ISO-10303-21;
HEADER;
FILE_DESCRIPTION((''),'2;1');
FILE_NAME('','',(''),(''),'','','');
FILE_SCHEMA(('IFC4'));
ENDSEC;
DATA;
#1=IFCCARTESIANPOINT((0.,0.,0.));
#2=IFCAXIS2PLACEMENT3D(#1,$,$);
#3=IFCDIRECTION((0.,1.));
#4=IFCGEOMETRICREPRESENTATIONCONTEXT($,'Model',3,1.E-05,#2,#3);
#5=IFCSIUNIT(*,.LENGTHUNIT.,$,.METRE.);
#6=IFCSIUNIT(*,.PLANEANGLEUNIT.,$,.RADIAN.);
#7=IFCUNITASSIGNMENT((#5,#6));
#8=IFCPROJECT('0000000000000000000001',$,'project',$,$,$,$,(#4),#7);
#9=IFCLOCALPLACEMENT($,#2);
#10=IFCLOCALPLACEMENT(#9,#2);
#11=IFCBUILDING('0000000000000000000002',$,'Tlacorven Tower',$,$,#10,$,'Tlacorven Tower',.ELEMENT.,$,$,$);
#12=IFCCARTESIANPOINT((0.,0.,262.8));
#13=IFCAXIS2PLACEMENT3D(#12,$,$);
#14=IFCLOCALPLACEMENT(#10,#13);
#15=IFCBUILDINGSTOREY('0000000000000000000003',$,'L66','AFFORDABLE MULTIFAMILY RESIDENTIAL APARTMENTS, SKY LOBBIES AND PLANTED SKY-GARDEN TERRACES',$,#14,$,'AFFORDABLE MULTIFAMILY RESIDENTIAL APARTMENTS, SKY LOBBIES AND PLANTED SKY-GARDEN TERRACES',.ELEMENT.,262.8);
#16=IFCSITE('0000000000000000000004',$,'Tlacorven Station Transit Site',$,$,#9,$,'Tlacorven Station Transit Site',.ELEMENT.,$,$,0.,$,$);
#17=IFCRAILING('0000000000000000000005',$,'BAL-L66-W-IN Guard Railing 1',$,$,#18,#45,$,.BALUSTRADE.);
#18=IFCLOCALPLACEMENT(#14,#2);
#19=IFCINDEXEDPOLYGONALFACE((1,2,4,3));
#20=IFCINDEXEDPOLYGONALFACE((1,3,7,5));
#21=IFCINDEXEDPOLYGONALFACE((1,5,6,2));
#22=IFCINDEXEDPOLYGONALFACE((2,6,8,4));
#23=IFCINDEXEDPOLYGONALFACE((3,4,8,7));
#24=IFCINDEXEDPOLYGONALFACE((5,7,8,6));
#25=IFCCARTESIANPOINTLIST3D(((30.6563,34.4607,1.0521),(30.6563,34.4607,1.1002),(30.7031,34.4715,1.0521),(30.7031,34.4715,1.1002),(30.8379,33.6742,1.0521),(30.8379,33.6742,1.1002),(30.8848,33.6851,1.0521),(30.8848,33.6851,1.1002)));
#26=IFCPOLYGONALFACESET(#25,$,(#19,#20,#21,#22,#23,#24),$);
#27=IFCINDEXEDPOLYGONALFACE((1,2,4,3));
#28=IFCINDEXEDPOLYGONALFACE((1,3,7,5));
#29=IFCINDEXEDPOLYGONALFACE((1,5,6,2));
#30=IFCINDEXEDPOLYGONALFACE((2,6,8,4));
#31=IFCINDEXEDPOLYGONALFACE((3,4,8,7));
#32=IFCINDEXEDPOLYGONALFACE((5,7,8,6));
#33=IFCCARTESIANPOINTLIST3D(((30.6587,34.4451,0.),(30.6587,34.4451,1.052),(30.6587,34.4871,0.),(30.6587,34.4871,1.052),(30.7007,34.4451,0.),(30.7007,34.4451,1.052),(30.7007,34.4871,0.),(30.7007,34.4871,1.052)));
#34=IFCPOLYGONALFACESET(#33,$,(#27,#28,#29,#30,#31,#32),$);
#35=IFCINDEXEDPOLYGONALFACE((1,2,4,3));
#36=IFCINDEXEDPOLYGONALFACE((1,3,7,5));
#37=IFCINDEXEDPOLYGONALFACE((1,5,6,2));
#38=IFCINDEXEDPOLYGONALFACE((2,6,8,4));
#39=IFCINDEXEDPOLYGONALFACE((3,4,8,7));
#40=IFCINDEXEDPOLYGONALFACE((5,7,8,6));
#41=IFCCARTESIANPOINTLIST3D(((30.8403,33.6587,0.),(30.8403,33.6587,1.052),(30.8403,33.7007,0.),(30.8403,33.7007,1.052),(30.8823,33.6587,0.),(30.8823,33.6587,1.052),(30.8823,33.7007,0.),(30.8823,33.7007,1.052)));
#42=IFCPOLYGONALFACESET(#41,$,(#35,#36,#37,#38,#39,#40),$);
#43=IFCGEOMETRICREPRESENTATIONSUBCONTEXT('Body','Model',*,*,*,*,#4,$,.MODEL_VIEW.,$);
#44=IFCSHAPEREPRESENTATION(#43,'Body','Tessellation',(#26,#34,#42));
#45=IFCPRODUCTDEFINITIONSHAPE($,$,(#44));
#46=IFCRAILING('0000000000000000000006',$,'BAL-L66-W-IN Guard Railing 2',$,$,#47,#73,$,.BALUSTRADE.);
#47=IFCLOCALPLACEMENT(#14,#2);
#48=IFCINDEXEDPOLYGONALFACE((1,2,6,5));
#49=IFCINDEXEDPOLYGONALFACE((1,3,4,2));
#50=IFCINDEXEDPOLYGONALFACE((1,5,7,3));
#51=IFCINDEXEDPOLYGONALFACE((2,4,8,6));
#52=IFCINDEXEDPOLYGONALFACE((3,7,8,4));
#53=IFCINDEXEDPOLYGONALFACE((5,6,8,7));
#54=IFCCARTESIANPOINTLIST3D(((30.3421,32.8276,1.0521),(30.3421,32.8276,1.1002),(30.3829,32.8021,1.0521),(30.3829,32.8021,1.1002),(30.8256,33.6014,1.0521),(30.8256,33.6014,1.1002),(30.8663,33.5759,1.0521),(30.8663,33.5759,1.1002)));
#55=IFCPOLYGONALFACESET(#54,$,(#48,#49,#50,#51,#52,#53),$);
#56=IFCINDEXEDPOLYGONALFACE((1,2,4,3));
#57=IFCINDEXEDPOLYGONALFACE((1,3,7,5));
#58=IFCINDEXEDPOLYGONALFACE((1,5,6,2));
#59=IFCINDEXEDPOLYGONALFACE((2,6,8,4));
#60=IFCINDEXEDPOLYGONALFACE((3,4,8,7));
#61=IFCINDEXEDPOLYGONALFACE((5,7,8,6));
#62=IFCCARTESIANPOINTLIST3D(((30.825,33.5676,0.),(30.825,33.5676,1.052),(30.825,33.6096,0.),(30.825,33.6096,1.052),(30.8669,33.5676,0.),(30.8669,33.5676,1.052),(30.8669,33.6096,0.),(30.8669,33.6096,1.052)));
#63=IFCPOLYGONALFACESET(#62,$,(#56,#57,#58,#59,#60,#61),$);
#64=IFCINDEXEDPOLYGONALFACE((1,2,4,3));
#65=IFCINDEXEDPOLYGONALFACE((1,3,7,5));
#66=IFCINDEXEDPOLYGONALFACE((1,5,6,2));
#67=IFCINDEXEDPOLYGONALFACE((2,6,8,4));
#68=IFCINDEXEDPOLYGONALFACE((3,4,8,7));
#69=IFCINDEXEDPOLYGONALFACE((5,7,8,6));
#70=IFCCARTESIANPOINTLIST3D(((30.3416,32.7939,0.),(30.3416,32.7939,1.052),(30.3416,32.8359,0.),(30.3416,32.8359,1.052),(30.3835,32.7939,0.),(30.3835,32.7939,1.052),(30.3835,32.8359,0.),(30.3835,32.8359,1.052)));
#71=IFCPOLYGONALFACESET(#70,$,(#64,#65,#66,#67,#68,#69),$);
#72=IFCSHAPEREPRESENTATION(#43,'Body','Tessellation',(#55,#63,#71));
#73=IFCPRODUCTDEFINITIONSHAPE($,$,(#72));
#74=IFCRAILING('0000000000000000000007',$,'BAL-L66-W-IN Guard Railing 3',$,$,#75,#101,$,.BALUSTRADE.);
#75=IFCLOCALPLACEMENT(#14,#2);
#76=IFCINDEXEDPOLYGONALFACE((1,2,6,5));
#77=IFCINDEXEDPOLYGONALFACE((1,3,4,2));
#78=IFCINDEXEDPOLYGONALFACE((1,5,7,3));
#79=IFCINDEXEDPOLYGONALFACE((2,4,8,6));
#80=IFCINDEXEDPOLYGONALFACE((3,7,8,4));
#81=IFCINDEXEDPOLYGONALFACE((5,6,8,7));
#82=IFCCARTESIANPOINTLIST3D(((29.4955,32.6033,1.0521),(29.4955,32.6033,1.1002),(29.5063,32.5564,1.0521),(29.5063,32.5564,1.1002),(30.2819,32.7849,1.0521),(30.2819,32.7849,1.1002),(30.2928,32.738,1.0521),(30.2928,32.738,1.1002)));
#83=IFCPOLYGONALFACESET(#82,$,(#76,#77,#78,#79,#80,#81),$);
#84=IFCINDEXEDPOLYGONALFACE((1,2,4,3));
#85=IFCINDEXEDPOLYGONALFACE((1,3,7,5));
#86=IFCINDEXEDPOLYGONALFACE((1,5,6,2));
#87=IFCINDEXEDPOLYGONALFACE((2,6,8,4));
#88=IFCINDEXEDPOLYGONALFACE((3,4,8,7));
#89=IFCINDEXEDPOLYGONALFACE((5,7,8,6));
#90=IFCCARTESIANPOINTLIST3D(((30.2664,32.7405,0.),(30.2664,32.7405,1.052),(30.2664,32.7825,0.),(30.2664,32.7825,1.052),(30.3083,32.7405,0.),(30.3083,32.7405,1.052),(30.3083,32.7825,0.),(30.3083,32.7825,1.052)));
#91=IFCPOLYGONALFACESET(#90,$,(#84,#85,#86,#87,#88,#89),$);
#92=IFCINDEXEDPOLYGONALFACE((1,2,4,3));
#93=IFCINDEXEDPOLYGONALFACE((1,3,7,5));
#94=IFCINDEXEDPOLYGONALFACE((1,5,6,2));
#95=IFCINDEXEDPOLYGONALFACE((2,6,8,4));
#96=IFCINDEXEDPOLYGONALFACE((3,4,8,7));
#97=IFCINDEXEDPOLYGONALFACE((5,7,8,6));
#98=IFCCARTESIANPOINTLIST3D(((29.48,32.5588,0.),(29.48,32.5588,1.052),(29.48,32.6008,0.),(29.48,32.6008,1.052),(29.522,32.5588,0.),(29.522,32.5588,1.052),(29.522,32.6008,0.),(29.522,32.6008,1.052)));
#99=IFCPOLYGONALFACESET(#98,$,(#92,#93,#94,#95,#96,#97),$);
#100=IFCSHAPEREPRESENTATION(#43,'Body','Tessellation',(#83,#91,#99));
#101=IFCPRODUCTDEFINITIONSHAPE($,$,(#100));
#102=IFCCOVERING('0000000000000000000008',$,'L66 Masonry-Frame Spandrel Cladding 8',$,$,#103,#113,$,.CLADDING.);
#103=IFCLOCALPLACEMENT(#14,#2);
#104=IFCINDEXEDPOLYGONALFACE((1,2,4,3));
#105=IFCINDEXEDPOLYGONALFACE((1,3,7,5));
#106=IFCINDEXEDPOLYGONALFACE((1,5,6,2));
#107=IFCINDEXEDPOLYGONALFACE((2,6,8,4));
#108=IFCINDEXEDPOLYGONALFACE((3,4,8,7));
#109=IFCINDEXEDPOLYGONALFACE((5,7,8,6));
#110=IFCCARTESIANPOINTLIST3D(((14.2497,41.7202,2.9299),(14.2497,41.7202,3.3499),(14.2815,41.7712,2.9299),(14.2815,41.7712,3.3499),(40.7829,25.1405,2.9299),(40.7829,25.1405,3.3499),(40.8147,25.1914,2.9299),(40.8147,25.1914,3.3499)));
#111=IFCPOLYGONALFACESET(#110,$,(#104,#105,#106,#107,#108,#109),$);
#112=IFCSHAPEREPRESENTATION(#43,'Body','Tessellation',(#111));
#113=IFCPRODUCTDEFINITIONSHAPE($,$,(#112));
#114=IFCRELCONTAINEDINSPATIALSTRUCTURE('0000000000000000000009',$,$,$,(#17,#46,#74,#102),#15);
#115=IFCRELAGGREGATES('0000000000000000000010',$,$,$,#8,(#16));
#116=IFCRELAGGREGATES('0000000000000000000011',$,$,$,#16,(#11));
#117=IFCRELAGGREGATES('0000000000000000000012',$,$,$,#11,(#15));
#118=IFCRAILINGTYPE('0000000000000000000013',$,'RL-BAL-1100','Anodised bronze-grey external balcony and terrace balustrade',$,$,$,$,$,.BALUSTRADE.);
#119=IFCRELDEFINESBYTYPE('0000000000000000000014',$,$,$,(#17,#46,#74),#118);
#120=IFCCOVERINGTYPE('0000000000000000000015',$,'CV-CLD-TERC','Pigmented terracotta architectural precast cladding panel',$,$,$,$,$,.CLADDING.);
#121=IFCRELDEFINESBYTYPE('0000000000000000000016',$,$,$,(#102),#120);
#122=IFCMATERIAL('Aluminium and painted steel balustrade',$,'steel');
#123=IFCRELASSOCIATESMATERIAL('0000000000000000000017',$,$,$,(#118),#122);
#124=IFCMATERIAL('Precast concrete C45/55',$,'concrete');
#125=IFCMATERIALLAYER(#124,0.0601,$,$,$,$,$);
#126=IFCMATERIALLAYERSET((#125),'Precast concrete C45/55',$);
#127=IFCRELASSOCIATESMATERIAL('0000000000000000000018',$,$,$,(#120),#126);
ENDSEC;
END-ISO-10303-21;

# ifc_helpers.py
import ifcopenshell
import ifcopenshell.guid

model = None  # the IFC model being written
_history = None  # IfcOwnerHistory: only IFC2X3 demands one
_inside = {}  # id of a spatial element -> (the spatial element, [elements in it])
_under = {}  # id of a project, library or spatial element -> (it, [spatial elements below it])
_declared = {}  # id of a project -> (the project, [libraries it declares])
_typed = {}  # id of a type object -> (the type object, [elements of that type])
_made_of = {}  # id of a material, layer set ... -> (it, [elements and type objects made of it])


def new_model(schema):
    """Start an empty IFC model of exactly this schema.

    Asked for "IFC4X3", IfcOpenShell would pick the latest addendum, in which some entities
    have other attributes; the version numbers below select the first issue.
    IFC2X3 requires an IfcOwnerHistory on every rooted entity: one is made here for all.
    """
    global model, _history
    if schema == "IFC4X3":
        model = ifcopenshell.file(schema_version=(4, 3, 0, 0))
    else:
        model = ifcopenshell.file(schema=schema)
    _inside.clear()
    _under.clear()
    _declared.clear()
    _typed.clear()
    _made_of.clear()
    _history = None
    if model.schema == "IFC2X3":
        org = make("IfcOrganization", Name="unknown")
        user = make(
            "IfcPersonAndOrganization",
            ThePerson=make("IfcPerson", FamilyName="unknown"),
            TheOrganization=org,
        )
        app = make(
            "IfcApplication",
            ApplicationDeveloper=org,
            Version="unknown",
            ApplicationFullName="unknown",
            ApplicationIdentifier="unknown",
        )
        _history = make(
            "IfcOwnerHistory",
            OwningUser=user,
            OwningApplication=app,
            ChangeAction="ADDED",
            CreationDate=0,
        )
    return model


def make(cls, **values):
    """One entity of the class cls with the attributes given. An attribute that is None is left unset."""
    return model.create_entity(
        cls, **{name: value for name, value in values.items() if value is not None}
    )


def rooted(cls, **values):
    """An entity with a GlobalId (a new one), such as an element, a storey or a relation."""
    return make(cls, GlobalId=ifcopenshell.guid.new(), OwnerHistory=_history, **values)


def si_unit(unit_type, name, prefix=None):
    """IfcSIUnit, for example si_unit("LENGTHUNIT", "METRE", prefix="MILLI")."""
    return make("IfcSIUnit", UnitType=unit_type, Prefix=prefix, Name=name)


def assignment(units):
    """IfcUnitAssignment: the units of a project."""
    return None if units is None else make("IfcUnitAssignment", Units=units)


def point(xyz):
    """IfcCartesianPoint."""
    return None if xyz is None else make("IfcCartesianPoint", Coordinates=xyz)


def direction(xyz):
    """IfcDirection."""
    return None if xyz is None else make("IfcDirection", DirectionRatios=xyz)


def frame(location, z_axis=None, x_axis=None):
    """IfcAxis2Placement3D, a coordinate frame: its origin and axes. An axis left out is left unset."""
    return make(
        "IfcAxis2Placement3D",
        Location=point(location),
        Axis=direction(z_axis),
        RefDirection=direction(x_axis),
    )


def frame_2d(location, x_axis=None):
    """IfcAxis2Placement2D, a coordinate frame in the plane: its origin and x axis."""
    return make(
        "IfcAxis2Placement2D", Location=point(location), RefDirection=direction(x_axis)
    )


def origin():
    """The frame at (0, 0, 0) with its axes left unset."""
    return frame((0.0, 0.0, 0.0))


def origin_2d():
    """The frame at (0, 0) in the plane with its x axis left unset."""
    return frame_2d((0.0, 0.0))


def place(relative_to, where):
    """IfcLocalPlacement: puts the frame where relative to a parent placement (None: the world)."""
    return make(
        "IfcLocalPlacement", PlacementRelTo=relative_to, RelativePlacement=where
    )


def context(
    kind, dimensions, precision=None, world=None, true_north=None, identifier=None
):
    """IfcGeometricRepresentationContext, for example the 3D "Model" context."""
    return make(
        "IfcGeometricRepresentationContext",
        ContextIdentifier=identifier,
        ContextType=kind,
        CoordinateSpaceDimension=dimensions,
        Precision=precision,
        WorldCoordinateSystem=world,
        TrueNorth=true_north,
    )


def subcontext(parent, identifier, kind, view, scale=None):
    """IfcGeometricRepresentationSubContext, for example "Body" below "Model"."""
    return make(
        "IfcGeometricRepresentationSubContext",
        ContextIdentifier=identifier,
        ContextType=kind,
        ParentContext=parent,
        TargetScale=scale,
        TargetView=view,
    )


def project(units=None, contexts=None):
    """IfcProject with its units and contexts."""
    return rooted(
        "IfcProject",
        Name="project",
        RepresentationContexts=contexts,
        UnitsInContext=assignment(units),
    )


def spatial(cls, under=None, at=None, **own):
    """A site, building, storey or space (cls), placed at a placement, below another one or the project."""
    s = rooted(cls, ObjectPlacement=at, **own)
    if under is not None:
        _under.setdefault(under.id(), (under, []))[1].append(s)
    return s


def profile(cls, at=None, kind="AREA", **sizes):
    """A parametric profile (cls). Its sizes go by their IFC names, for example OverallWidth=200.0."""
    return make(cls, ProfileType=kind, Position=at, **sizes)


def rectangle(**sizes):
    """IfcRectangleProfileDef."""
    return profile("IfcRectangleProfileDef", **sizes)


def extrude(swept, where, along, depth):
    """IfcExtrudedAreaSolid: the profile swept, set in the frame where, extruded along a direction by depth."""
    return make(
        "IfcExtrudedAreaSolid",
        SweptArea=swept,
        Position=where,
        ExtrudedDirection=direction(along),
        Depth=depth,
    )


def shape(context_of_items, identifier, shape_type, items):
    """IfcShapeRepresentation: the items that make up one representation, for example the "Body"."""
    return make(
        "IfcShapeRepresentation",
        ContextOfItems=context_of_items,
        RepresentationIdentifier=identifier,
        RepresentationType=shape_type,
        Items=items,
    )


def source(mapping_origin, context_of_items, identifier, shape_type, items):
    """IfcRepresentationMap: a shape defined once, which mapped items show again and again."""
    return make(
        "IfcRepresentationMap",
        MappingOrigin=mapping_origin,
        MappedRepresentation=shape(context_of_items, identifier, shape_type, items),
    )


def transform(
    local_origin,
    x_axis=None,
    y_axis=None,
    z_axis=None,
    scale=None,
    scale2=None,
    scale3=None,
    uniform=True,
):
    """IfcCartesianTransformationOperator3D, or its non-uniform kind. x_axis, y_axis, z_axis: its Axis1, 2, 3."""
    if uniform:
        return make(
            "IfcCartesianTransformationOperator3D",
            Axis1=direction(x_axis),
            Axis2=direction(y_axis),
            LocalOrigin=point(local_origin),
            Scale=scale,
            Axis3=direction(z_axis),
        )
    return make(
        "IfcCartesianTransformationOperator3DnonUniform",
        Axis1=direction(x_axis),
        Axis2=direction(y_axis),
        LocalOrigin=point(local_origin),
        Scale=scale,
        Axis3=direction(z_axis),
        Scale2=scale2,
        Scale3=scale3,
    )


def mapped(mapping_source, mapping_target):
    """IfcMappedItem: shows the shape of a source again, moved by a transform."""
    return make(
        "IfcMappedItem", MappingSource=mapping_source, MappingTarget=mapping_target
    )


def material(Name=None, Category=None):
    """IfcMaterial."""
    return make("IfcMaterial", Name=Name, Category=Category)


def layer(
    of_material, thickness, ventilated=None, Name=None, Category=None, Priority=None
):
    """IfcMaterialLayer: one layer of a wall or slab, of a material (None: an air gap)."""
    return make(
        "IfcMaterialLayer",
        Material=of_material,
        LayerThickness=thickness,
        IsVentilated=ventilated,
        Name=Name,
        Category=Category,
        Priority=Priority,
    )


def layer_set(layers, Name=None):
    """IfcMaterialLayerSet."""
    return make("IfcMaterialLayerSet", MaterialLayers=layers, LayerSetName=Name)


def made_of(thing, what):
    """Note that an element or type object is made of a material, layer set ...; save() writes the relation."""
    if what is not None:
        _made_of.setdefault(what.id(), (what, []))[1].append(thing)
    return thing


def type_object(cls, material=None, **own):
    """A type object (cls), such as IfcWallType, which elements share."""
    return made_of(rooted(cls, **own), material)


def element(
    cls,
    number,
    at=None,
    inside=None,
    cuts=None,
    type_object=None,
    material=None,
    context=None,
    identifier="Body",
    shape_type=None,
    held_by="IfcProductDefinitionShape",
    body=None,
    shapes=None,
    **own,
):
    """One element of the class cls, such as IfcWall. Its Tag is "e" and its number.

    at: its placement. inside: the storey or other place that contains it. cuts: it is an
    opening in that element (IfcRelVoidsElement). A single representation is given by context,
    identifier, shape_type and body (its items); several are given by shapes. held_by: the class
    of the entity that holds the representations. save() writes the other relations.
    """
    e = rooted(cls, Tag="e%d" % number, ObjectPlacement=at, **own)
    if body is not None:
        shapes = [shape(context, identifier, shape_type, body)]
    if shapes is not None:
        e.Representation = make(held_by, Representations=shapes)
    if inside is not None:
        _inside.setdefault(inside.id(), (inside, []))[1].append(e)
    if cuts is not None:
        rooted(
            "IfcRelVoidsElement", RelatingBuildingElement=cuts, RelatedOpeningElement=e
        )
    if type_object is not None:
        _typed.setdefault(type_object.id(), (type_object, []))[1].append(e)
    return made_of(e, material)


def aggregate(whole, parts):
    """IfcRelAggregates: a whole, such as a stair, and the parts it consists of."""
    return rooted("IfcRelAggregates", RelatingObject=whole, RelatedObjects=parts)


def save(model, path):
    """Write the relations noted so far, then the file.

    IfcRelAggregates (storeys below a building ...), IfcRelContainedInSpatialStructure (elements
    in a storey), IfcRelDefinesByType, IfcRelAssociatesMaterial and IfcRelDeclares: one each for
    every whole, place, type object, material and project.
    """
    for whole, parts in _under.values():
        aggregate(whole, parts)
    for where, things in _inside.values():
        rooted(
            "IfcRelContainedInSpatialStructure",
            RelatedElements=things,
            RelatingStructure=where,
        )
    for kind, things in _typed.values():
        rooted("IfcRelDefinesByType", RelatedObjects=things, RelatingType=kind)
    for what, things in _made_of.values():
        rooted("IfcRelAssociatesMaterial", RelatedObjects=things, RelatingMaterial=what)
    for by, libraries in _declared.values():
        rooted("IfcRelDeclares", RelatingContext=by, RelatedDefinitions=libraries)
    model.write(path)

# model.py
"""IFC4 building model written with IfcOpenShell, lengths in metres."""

from ifc_helpers import new_model, si_unit, direction, frame, origin, origin_2d, place, context, subcontext, project, spatial, rectangle, extrude, source, transform, mapped, material, layer, layer_set, type_object, element, save


model = new_model("IFC4")

# Units and contexts
model_context = context("Model", 3, precision=1e-05, world=origin(), true_north=direction((0.0, 1.0)))
body_context = subcontext(model_context, "Body", "Model", "MODEL_VIEW")
ifc_project = project(units=[si_unit("LENGTHUNIT", "METRE"), si_unit("PLANEANGLEUNIT", "RADIAN")], contexts=[model_context])

# Site, building, storey
site_placement = place(None, origin())
site = spatial("IfcSite", under=ifc_project, at=site_placement, Name="Tlacorven Station Transit Site", LongName="Tlacorven Station Transit Site", CompositionType="ELEMENT", RefElevation=0.0)
building_placement = place(site_placement, origin())
building = spatial("IfcBuilding", under=site, at=building_placement, Name="Tlacorven Tower", LongName="Tlacorven Tower", CompositionType="ELEMENT")
storey_placement = place(building_placement, frame((0.0, 0.0, 262.8)))
storey = spatial("IfcBuildingStorey", under=building, at=storey_placement, Name="L66", Description="AFFORDABLE MULTIFAMILY RESIDENTIAL APARTMENTS, SKY LOBBIES AND PLANTED SKY-GARDEN TERRACES", LongName="AFFORDABLE MULTIFAMILY RESIDENTIAL APARTMENTS, SKY LOBBIES AND PLANTED SKY-GARDEN TERRACES", CompositionType="ELEMENT", Elevation=262.8)

# Railings
ifc_material_1 = material(Name="Aluminium and painted steel balustrade", Category="steel")
railing_type = type_object("IfcRailingType", Name="RL-BAL-1100", Description="Anodised bronze-grey external balcony and terrace balustrade", PredefinedType="BALUSTRADE", material=ifc_material_1)
shared_shape_1 = source(origin(), body_context, "Body", "SweptSolid", [
    extrude(rectangle(XDim=0.0481, YDim=0.0481, at=origin_2d()), frame((0.0, 0.0, 1.0762), z_axis=(0.225058, -0.974345, 0.0), x_axis=(0.974345, 0.225058, 0.0)), (0.0, 0.0, 1.0), 0.8071),
    extrude(rectangle(XDim=0.042, YDim=0.042, at=origin_2d()), origin(), (0.0, 0.0, 1.0), 1.052),
    extrude(rectangle(XDim=0.042, YDim=0.042, at=origin_2d()), frame((0.1816, -0.7864, 0.0)), (0.0, 0.0, 1.0), 1.052),
])
railing_1_placement = place(storey_placement, frame((30.6797, 34.4661, 0.0)))
element("IfcRailing", 1, at=railing_1_placement, inside=storey, type_object=railing_type, Name="BAL-L66-W-IN Guard Railing 1", PredefinedType="BALUSTRADE", context=body_context, shape_type="MappedRepresentation", body=[
    mapped(shared_shape_1, transform((0.0, 0.0, 0.0), scale=1.0)),
])
shared_shape_2 = source(origin(), body_context, "Body", "SweptSolid", [
    extrude(rectangle(XDim=0.0481, YDim=0.0481, at=origin_2d()), frame((0.0, 0.0, 1.0762), z_axis=(-0.529879, -0.848073, 0.0), x_axis=(0.848073, -0.529879, 0.0)), (0.0, 0.0, 1.0), 0.9124),
    extrude(rectangle(XDim=0.042, YDim=0.042, at=origin_2d()), origin(), (0.0, 0.0, 1.0), 1.052),
    extrude(rectangle(XDim=0.042, YDim=0.042, at=origin_2d()), frame((-0.4834, -0.7737, 0.0)), (0.0, 0.0, 1.0), 1.052),
])
railing_2_placement = place(storey_placement, frame((30.8459, 33.5886, 0.0)))
element("IfcRailing", 2, at=railing_2_placement, inside=storey, type_object=railing_type, Name="BAL-L66-W-IN Guard Railing 2", PredefinedType="BALUSTRADE", context=body_context, shape_type="MappedRepresentation", body=[
    mapped(shared_shape_2, transform((0.0, 0.0, 0.0), scale=1.0)),
])
shared_shape_3 = source(origin(), body_context, "Body", "SweptSolid", [
    extrude(rectangle(XDim=0.0481, YDim=0.0481, at=origin_2d()), frame((0.0, 0.0, 1.0762), z_axis=(-0.974345, -0.225058, 0.0), x_axis=(0.225058, -0.974345, 0.0)), (0.0, 0.0, 1.0), 0.8071),
    extrude(rectangle(XDim=0.042, YDim=0.042, at=origin_2d()), origin(), (0.0, 0.0, 1.0), 1.052),
    extrude(rectangle(XDim=0.042, YDim=0.042, at=origin_2d()), frame((-0.7864, -0.1816, 0.0)), (0.0, 0.0, 1.0), 1.052),
])
railing_3_placement = place(storey_placement, frame((30.2874, 32.7615, 0.0)))
element("IfcRailing", 3, at=railing_3_placement, inside=storey, type_object=railing_type, Name="BAL-L66-W-IN Guard Railing 3", PredefinedType="BALUSTRADE", context=body_context, shape_type="MappedRepresentation", body=[
    mapped(shared_shape_3, transform((0.0, 0.0, 0.0), scale=1.0)),
])

# Covering
ifc_material_2 = material(Name="Precast concrete C45/55", Category="concrete")
ifc_layer_1 = layer(ifc_material_2, 0.0601)
ifc_layer_set_1 = layer_set([ifc_layer_1], Name="Precast concrete C45/55")
covering_type = type_object("IfcCoveringType", Name="CV-CLD-TERC", Description="Pigmented terracotta architectural precast cladding panel", PredefinedType="CLADDING", material=ifc_layer_set_1)
shared_shape_4 = source(origin(), body_context, "Body", "SweptSolid", [
    extrude(rectangle(XDim=31.2874, YDim=0.0601, at=origin_2d()), origin(), (0.0, 0.0, 1.0), 0.4199),
])
covering_placement = place(storey_placement, frame((27.5322, 33.4558, 2.9299), z_axis=(0.0, 0.0, 1.0), x_axis=(0.848048, -0.529919, 0.0)))
element("IfcCovering", 4, at=covering_placement, inside=storey, type_object=covering_type, Name="L66 Masonry-Frame Spandrel Cladding 8", PredefinedType="CLADDING", context=body_context, shape_type="MappedRepresentation", body=[
    mapped(shared_shape_4, transform((0.0, 0.0, 0.0), scale=1.0)),
])

save(model, "model.ifc")
